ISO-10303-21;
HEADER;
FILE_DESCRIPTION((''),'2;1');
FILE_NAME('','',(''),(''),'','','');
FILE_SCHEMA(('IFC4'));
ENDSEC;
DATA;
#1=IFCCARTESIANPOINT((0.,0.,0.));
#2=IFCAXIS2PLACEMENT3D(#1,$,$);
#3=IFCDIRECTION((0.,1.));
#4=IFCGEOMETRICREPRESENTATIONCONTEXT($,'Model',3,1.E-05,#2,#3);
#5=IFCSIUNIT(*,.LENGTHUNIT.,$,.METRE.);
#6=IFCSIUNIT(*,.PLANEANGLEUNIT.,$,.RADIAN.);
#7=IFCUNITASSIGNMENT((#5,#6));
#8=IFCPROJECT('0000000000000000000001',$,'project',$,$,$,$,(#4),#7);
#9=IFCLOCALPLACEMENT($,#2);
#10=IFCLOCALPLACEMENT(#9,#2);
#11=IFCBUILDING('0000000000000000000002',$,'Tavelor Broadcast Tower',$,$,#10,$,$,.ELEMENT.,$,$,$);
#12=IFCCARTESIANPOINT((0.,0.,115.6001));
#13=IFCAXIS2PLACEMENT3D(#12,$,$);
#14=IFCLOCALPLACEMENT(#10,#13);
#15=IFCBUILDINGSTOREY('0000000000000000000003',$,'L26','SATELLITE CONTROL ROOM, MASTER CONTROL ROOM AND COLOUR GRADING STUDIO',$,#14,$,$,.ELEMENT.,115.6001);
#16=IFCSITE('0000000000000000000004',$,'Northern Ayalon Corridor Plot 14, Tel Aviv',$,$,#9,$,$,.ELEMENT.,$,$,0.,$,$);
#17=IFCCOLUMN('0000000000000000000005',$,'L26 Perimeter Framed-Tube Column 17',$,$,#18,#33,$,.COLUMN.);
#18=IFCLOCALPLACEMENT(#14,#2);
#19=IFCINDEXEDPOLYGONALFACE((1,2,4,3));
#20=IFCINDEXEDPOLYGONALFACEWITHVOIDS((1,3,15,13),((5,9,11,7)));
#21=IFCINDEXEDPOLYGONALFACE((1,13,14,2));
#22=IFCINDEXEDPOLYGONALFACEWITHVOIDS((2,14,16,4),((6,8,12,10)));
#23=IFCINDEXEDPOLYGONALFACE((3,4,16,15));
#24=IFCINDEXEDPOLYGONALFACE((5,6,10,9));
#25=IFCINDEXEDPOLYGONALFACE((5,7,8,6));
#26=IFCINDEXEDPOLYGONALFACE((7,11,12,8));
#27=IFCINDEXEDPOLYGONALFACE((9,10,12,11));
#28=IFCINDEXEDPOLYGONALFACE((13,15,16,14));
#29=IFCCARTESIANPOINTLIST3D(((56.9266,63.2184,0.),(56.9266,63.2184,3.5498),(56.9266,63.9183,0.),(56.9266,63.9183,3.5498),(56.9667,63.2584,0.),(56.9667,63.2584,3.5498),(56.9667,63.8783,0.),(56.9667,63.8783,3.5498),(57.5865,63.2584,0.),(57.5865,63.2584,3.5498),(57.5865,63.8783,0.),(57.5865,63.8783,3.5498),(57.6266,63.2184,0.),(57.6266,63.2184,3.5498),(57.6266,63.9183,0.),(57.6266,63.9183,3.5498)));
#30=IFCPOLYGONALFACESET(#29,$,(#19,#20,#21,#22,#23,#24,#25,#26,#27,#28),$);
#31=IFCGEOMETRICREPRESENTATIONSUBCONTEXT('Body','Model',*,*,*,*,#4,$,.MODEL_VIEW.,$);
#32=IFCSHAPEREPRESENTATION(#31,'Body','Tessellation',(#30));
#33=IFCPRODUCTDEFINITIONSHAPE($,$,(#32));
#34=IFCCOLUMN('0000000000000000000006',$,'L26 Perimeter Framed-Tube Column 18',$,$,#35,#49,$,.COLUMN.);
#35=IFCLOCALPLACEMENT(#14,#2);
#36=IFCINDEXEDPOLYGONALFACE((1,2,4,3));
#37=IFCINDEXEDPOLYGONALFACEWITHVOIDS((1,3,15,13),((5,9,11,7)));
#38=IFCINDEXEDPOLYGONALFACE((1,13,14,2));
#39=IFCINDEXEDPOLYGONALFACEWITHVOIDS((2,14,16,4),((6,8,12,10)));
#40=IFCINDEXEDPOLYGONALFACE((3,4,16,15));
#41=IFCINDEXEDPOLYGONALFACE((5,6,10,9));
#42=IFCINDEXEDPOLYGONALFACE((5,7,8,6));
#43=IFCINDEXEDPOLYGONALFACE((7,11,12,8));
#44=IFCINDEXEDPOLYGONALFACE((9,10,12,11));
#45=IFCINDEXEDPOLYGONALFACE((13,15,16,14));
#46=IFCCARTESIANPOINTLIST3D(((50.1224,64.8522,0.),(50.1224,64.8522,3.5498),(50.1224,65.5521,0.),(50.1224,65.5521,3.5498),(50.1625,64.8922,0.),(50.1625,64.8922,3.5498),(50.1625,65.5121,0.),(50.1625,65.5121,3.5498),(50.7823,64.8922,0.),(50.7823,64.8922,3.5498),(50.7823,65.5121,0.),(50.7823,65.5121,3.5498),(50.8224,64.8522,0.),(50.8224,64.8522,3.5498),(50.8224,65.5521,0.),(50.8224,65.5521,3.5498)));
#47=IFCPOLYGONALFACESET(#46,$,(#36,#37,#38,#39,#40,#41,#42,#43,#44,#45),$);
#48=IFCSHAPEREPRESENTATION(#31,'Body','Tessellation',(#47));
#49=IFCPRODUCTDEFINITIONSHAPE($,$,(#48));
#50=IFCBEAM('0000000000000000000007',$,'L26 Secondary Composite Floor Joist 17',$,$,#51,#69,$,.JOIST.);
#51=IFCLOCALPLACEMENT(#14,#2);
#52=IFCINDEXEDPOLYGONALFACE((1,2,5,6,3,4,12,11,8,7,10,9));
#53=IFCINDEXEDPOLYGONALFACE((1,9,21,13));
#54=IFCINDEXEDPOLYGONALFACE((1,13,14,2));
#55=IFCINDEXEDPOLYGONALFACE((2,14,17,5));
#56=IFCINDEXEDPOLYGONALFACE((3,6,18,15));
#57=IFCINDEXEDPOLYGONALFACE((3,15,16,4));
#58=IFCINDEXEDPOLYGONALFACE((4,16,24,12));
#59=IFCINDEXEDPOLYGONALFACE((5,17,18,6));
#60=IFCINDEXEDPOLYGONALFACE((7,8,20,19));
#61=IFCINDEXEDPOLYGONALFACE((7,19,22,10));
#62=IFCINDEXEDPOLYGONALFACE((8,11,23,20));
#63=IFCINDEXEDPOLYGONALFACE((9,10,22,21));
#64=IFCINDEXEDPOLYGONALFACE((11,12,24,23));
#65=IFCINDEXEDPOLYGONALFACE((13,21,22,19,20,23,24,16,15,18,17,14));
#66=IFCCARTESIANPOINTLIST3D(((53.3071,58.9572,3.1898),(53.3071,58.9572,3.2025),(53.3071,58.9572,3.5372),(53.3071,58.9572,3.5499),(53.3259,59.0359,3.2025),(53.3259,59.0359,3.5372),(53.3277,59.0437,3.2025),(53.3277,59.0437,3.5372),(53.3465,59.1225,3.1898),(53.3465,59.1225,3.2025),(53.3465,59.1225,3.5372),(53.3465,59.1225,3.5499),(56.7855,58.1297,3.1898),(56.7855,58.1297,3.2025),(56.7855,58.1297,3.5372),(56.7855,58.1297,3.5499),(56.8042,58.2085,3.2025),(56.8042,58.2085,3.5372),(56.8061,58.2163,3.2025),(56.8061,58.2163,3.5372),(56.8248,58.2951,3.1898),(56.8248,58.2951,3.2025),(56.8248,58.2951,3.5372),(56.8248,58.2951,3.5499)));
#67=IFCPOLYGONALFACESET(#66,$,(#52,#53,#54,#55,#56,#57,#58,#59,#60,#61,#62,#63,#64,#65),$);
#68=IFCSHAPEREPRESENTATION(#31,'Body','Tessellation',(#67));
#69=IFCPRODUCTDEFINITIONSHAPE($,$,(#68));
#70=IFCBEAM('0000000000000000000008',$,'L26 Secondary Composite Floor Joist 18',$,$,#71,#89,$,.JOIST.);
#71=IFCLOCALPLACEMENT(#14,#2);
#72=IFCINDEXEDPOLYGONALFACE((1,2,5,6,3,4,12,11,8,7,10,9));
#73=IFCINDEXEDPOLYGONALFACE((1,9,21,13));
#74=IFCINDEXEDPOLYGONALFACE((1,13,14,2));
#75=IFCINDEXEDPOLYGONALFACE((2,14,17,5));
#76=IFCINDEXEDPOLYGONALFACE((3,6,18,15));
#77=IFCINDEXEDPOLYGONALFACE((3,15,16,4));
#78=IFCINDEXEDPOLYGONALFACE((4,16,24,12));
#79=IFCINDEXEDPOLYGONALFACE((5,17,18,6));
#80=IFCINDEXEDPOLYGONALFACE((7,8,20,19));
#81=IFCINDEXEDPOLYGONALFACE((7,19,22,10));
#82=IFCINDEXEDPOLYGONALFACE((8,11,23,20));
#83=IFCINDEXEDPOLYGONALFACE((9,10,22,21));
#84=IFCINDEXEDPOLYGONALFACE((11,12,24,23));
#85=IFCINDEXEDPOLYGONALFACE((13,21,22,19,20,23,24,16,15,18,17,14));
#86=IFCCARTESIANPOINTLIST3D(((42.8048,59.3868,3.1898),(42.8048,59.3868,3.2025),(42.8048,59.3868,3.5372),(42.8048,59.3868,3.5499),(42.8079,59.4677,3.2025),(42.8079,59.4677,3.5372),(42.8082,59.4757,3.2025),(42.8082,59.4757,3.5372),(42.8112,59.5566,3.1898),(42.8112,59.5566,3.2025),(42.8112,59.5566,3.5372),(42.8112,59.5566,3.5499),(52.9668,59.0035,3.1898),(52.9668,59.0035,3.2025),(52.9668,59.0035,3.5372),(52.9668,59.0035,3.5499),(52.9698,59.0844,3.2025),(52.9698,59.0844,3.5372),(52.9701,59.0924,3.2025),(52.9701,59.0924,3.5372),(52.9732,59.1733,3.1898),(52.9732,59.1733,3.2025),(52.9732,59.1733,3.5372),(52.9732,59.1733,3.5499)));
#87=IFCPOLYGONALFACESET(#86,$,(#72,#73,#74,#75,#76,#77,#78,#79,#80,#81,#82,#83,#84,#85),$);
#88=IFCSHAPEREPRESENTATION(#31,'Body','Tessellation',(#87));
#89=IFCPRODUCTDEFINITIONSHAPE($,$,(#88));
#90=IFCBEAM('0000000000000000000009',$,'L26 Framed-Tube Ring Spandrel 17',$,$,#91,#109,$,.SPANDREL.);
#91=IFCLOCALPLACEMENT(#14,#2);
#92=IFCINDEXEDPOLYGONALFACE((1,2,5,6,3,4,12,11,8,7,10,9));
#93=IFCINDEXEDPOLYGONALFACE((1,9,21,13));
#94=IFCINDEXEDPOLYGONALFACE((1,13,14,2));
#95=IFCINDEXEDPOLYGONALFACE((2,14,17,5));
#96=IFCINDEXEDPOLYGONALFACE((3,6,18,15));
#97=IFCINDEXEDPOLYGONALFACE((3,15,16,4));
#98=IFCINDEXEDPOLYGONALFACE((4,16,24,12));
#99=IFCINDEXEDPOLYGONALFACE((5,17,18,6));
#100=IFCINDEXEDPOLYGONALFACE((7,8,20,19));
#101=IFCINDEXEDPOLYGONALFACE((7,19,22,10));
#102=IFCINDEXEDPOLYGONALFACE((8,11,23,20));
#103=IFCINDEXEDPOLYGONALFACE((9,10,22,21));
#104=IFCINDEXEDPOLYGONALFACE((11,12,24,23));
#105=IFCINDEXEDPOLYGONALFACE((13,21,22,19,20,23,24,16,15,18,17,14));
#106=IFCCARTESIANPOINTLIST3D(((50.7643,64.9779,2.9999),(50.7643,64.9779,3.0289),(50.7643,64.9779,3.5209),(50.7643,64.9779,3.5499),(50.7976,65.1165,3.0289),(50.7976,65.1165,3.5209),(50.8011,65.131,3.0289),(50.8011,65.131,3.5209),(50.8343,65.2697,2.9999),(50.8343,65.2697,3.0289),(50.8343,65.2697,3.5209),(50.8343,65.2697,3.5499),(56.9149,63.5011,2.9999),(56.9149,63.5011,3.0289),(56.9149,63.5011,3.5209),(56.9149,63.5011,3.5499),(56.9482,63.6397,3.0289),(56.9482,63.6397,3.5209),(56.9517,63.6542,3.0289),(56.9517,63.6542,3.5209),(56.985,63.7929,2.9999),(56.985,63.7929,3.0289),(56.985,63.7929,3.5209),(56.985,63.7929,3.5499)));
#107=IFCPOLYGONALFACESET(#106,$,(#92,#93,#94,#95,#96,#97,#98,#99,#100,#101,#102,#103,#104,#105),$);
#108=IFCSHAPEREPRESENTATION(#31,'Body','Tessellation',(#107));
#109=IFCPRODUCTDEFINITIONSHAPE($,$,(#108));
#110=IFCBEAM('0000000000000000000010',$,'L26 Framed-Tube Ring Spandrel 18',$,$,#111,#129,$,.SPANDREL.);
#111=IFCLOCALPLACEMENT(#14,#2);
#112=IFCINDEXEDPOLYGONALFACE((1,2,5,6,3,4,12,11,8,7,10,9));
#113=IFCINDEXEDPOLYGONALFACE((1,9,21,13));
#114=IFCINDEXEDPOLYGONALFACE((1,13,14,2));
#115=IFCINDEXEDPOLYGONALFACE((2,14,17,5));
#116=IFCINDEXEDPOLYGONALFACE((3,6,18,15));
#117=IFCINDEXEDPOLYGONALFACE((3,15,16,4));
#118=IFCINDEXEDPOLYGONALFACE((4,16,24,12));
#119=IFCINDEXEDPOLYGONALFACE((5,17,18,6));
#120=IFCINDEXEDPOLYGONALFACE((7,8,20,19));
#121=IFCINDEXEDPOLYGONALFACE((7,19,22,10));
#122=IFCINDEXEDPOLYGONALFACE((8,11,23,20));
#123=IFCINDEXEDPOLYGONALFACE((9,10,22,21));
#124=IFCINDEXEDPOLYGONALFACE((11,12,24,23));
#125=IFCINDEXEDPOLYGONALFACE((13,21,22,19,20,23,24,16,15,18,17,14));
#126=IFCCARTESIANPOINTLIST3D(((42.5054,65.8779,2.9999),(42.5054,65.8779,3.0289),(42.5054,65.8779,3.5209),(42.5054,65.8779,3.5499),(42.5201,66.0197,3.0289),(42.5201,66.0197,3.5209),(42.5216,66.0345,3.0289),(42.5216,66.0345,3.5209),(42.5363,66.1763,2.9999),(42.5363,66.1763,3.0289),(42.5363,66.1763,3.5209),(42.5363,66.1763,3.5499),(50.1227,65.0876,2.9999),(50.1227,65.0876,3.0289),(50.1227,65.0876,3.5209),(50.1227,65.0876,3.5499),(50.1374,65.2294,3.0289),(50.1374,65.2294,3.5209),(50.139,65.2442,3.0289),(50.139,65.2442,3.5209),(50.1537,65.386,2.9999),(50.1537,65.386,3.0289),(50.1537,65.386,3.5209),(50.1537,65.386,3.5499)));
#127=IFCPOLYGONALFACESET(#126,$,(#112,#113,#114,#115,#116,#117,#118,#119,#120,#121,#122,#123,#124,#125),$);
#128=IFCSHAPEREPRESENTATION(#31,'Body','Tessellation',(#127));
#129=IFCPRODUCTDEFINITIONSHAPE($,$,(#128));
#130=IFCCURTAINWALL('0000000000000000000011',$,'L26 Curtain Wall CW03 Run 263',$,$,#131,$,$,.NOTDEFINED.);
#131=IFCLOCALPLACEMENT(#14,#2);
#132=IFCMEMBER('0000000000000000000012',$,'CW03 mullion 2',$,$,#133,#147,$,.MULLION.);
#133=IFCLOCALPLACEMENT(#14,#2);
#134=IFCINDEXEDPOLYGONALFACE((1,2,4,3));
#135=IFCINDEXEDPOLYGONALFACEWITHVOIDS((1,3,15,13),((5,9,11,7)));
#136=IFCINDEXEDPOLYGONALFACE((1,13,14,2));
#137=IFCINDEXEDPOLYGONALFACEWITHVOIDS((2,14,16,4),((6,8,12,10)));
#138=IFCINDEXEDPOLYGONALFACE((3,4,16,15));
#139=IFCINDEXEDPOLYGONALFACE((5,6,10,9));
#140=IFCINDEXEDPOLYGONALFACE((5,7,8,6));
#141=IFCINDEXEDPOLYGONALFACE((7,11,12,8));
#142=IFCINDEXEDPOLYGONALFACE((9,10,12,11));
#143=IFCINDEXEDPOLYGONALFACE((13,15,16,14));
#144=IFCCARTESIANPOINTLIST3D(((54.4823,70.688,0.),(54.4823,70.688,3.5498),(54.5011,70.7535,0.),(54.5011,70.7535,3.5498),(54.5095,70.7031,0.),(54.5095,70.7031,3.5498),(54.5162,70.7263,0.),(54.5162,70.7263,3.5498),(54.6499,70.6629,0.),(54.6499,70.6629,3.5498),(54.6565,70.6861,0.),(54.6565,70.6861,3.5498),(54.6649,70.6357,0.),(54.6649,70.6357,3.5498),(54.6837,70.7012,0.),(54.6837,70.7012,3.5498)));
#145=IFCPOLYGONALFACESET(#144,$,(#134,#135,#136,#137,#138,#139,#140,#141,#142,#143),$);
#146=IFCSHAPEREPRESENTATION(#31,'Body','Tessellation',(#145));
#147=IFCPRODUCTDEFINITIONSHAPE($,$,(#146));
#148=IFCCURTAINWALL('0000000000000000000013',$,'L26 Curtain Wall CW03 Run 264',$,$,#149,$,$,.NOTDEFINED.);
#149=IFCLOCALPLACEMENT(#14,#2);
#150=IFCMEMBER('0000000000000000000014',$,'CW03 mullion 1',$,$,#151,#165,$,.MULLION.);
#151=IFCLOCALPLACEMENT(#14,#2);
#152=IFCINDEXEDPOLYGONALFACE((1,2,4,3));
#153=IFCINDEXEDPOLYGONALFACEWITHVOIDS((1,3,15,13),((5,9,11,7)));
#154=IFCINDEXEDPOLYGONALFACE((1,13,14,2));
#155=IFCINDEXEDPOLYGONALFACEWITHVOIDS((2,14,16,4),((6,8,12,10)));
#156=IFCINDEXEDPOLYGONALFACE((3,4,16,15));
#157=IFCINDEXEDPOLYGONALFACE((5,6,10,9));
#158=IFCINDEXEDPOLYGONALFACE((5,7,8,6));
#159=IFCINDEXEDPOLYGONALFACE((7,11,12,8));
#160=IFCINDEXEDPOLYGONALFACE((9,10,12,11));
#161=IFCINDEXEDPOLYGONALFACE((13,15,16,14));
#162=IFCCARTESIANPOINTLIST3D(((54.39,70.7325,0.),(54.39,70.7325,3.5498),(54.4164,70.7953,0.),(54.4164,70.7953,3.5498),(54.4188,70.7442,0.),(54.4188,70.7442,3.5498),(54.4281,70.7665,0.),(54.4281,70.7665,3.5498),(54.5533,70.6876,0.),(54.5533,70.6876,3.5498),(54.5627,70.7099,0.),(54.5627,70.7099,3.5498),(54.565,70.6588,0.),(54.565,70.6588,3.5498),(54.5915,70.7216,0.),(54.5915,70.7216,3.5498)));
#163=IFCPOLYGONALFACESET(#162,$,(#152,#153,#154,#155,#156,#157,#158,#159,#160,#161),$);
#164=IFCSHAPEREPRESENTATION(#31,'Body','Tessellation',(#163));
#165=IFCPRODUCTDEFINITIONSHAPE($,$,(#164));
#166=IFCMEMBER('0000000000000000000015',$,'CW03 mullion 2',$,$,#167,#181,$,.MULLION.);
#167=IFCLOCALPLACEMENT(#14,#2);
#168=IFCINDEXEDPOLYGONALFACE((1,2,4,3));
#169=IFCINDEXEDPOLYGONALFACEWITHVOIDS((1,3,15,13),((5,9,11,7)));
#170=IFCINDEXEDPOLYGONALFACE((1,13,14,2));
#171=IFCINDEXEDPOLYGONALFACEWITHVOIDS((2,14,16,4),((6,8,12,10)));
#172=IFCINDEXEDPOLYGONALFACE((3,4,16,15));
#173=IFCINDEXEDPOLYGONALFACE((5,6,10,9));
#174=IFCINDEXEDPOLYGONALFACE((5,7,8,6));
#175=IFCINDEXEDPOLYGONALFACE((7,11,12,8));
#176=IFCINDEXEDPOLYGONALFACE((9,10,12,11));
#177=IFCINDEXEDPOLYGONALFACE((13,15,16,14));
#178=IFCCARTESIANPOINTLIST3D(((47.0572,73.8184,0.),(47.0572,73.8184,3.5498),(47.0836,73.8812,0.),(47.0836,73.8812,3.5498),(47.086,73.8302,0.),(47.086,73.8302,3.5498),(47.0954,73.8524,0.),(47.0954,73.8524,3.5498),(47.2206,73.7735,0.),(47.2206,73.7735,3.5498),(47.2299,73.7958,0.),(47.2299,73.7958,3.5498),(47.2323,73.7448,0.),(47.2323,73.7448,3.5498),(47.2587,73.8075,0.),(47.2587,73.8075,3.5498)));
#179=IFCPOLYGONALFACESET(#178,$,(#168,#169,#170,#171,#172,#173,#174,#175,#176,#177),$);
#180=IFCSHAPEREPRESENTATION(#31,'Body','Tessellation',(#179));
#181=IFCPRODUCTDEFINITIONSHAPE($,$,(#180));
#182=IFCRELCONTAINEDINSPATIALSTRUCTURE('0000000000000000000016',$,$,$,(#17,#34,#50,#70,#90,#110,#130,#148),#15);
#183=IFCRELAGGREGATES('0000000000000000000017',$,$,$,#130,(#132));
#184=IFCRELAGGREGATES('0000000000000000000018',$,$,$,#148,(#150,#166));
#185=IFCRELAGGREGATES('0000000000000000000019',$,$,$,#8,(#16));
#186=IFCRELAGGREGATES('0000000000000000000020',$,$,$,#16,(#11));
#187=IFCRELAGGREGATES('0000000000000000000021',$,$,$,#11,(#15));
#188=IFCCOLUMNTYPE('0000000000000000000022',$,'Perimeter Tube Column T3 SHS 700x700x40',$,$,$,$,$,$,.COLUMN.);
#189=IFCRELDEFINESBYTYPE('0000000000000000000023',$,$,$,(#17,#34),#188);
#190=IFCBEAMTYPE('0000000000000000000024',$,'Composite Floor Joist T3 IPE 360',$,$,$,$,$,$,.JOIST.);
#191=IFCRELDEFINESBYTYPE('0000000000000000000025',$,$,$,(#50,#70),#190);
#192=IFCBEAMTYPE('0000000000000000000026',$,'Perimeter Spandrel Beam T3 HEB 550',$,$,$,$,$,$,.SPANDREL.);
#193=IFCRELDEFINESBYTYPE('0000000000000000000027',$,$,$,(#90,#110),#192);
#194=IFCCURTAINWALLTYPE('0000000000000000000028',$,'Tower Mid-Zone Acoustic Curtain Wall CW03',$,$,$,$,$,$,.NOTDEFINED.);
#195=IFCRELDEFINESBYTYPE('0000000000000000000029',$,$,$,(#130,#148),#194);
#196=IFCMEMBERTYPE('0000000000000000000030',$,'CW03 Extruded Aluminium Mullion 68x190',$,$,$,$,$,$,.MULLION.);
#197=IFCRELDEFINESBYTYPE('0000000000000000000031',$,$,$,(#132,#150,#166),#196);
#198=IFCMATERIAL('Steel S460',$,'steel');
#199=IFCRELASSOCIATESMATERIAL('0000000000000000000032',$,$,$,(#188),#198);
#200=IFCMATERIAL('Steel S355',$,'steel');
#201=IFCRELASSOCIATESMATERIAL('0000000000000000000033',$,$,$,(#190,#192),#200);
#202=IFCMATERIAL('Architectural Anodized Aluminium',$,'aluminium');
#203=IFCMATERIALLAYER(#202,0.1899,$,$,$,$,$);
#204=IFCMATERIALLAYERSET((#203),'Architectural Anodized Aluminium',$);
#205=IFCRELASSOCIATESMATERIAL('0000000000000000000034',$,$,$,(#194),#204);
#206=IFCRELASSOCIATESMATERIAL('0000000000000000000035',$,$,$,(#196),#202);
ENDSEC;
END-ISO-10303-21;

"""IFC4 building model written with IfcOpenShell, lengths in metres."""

from ifc_helpers import new_model, si_unit, direction, frame, origin, origin_2d, place, context, subcontext, project, spatial, hollow_rectangle, i_section, extrude, source, transform, mapped, material, layer, layer_set, material_profile, profile_set, type_object, type_shapes, element, aggregate, save


model = new_model("IFC4")

# Units and contexts
model_context = context("Model", 3, precision=1e-05, world=origin(), true_north=direction((0.0, 1.0)))
body_context = subcontext(model_context, "Body", "Model", "MODEL_VIEW")
ifc_project = project(units=[si_unit("LENGTHUNIT", "METRE"), si_unit("PLANEANGLEUNIT", "RADIAN")], contexts=[model_context])

# Site, building, storey
site_placement = place(None, origin())
site = spatial("IfcSite", under=ifc_project, at=site_placement, Name="Northern Ayalon Corridor Plot 14, Tel Aviv", CompositionType="ELEMENT", RefElevation=0.0)
building_placement = place(site_placement, origin())
building = spatial("IfcBuilding", under=site, at=building_placement, Name="Tavelor Broadcast Tower", CompositionType="ELEMENT")
storey_placement = place(building_placement, frame((0.0, 0.0, 115.6001)))
storey = spatial("IfcBuildingStorey", under=building, at=storey_placement, Name="L26", Description="SATELLITE CONTROL ROOM, MASTER CONTROL ROOM AND COLOUR GRADING STUDIO", CompositionType="ELEMENT", Elevation=115.6001)

# Columns
ifc_material_1 = material(Name="Steel S460", Category="steel")
ifc_material_profile_1 = material_profile(ifc_material_1, hollow_rectangle(XDim=0.7, YDim=0.7, WallThickness=0.04, at=origin_2d()), Name="SHS 700x700x40")
ifc_profile_set_1 = profile_set([ifc_material_profile_1], Name="Steel S460")
column_type = type_object("IfcColumnType", Name="Perimeter Tube Column T3 SHS 700x700x40", PredefinedType="COLUMN", material=ifc_profile_set_1)
for number, where, z_axis, x_axis, name in (
    (1, (57.2766, 63.5684, 0.0), (0.0, 0.0, 1.0), (1.0, 0.0, 0.0), "L26 Perimeter Framed-Tube Column 17"),
    (2, (50.4724, 65.2021, 0.0), (0.0, 0.0, 1.0), (1.0, 0.0, 0.0), "L26 Perimeter Framed-Tube Column 18"),
):
    element("IfcColumn", number, at=place(storey_placement, frame(where, z_axis=z_axis, x_axis=x_axis)), inside=storey, type_object=column_type, Name=name, PredefinedType="COLUMN", context=body_context, shape_type="SweptSolid", body=[
        extrude(hollow_rectangle(XDim=0.7, YDim=0.7, WallThickness=0.04, at=origin_2d()), origin(), (0.0, 0.0, 1.0), 3.5498),
    ])

# Beams
ifc_material_2 = material(Name="Steel S355", Category="steel")
ifc_material_profile_2 = material_profile(ifc_material_2, i_section(OverallWidth=0.1699, OverallDepth=0.3601, WebThickness=0.0081, FlangeThickness=0.0127, at=origin_2d()), Name="IPE 360")
ifc_profile_set_2 = profile_set([ifc_material_profile_2], Name="Steel S355")
beam_type_1 = type_object("IfcBeamType", Name="Composite Floor Joist T3 IPE 360", PredefinedType="JOIST", material=ifc_profile_set_2)
beam_1_placement = place(storey_placement, frame((56.8052, 58.2124, 3.3699), z_axis=(-0.972855, 0.231417, 0.0), x_axis=(-0.231417, -0.972855, 0.0)))
element("IfcBeam", 3, at=beam_1_placement, inside=storey, type_object=beam_type_1, Name="L26 Secondary Composite Floor Joist 17", PredefinedType="JOIST", context=body_context, shape_type="SweptSolid", body=[
    extrude(i_section(OverallWidth=0.1699, OverallDepth=0.3601, WebThickness=0.0081, FlangeThickness=0.0127, at=origin_2d()), origin(), (0.0, 0.0, 1.0), 3.5754),
])
beam_2_placement = place(storey_placement, frame((52.97, 59.0884, 3.3699), z_axis=(-0.999289, 0.037693, 0.0), x_axis=(-0.037693, -0.999289, 0.0)))
element("IfcBeam", 4, at=beam_2_placement, inside=storey, type_object=beam_type_1, Name="L26 Secondary Composite Floor Joist 18", PredefinedType="JOIST", context=body_context, shape_type="SweptSolid", body=[
    extrude(i_section(OverallWidth=0.1699, OverallDepth=0.3601, WebThickness=0.0081, FlangeThickness=0.0127, at=origin_2d()), origin(), (0.0, 0.0, 1.0), 10.1692),
])
ifc_material_profile_3 = material_profile(ifc_material_2, i_section(OverallWidth=0.3, OverallDepth=0.55, WebThickness=0.0149, FlangeThickness=0.0291, at=origin_2d()), Name="HEB 550")
ifc_profile_set_3 = profile_set([ifc_material_profile_3], Name="Steel S355")
beam_type_2 = type_object("IfcBeamType", Name="Perimeter Spandrel Beam T3 HEB 550", PredefinedType="SPANDREL", material=ifc_profile_set_3)
beam_3_placement = place(storey_placement, frame((56.95, 63.647, 3.2749), z_axis=(-0.972364, 0.233471, 0.0), x_axis=(-0.233471, -0.972364, 0.0)))
element("IfcBeam", 5, at=beam_3_placement, inside=storey, type_object=beam_type_2, Name="L26 Framed-Tube Ring Spandrel 17", PredefinedType="SPANDREL", context=body_context, shape_type="SweptSolid", body=[
    extrude(i_section(OverallWidth=0.3, OverallDepth=0.55, WebThickness=0.0149, FlangeThickness=0.0291, at=origin_2d()), origin(), (0.0, 0.0, 1.0), 6.3254),
])
beam_4_placement = place(storey_placement, frame((50.1382, 65.2368, 3.2749), z_axis=(-0.994661, 0.103193, 0.0), x_axis=(-0.103193, -0.994661, 0.0)))
element("IfcBeam", 6, at=beam_4_placement, inside=storey, type_object=beam_type_2, Name="L26 Framed-Tube Ring Spandrel 18", PredefinedType="SPANDREL", context=body_context, shape_type="SweptSolid", body=[
    extrude(i_section(OverallWidth=0.3, OverallDepth=0.55, WebThickness=0.0149, FlangeThickness=0.0291, at=origin_2d()), origin(), (0.0, 0.0, 1.0), 7.6582),
])

# Curtain wall, member
ifc_material_3 = material(Name="Architectural Anodized Aluminium", Category="aluminium")
ifc_layer_1 = layer(ifc_material_3, 0.1899)
ifc_layer_set_1 = layer_set([ifc_layer_1], Name="Architectural Anodized Aluminium")
curtain_wall_type = type_object("IfcCurtainWallType", Name="Tower Mid-Zone Acoustic Curtain Wall CW03", PredefinedType="NOTDEFINED", material=ifc_layer_set_1)
curtain_wall_1_placement = place(storey_placement, origin())
curtain_wall_1 = element("IfcCurtainWall", 7, at=curtain_wall_1_placement, inside=storey, type_object=curtain_wall_type, Name="L26 Curtain Wall CW03 Run 263", PredefinedType="NOTDEFINED")
ifc_material_profile_4 = material_profile(ifc_material_3, hollow_rectangle(XDim=0.0681, YDim=0.1899, WallThickness=0.022, at=origin_2d()), Name="RHS 68x190x22")
ifc_profile_set_4 = profile_set([ifc_material_profile_4], Name="Architectural Anodized Aluminium")
member_type_1 = type_object("IfcMemberType", Name="CW03 Extruded Aluminium Mullion 68x190", PredefinedType="MULLION", material=ifc_profile_set_4)
shared_shape_1 = source(origin(), body_context, "Body", "SweptSolid", [
    extrude(hollow_rectangle(XDim=0.0681, YDim=0.1899, WallThickness=0.022, at=origin_2d()), origin(), (0.0, 0.0, 1.0), 3.5498),
])
type_shapes(member_type_1, [shared_shape_1])
member_1_placement = place(storey_placement, frame((54.583, 70.6946, 0.0), z_axis=(0.0, 0.0, 1.0), x_axis=(-0.275463, -0.961312, 0.0)))
member_1 = element("IfcMember", 8, at=member_1_placement, type_object=member_type_1, Name="CW03 mullion 2", PredefinedType="MULLION", context=body_context, shape_type="MappedRepresentation", body=[
    mapped(shared_shape_1, transform((0.0, 0.0, 0.0), scale=1.0)),
])
aggregate(curtain_wall_1, [member_1])

# Curtain wall, members
curtain_wall_2_placement = place(storey_placement, origin())
curtain_wall_2 = element("IfcCurtainWall", 9, at=curtain_wall_2_placement, inside=storey, type_object=curtain_wall_type, Name="L26 Curtain Wall CW03 Run 264", PredefinedType="NOTDEFINED")
member_2_placement = place(storey_placement, frame((54.4907, 70.7271, 0.0), z_axis=(0.0, 0.0, 1.0), x_axis=(-0.387893, -0.921705, 0.0)))
member_2 = element("IfcMember", 10, at=member_2_placement, type_object=member_type_1, Name="CW03 mullion 1", PredefinedType="MULLION", context=body_context, shape_type="MappedRepresentation", body=[
    mapped(shared_shape_1, transform((0.0, 0.0, 0.0), scale=1.0)),
])
member_3_placement = place(storey_placement, frame((47.158, 73.813, 0.0), z_axis=(0.0, 0.0, 1.0), x_axis=(-0.387893, -0.921705, 0.0)))
member_3 = element("IfcMember", 11, at=member_3_placement, type_object=member_type_1, Name="CW03 mullion 2", PredefinedType="MULLION", context=body_context, shape_type="MappedRepresentation", body=[
    mapped(shared_shape_1, transform((0.0, 0.0, 0.0), scale=1.0)),
])

aggregate(curtain_wall_2, [member_2, member_3])

save(model, "model.ifc")
